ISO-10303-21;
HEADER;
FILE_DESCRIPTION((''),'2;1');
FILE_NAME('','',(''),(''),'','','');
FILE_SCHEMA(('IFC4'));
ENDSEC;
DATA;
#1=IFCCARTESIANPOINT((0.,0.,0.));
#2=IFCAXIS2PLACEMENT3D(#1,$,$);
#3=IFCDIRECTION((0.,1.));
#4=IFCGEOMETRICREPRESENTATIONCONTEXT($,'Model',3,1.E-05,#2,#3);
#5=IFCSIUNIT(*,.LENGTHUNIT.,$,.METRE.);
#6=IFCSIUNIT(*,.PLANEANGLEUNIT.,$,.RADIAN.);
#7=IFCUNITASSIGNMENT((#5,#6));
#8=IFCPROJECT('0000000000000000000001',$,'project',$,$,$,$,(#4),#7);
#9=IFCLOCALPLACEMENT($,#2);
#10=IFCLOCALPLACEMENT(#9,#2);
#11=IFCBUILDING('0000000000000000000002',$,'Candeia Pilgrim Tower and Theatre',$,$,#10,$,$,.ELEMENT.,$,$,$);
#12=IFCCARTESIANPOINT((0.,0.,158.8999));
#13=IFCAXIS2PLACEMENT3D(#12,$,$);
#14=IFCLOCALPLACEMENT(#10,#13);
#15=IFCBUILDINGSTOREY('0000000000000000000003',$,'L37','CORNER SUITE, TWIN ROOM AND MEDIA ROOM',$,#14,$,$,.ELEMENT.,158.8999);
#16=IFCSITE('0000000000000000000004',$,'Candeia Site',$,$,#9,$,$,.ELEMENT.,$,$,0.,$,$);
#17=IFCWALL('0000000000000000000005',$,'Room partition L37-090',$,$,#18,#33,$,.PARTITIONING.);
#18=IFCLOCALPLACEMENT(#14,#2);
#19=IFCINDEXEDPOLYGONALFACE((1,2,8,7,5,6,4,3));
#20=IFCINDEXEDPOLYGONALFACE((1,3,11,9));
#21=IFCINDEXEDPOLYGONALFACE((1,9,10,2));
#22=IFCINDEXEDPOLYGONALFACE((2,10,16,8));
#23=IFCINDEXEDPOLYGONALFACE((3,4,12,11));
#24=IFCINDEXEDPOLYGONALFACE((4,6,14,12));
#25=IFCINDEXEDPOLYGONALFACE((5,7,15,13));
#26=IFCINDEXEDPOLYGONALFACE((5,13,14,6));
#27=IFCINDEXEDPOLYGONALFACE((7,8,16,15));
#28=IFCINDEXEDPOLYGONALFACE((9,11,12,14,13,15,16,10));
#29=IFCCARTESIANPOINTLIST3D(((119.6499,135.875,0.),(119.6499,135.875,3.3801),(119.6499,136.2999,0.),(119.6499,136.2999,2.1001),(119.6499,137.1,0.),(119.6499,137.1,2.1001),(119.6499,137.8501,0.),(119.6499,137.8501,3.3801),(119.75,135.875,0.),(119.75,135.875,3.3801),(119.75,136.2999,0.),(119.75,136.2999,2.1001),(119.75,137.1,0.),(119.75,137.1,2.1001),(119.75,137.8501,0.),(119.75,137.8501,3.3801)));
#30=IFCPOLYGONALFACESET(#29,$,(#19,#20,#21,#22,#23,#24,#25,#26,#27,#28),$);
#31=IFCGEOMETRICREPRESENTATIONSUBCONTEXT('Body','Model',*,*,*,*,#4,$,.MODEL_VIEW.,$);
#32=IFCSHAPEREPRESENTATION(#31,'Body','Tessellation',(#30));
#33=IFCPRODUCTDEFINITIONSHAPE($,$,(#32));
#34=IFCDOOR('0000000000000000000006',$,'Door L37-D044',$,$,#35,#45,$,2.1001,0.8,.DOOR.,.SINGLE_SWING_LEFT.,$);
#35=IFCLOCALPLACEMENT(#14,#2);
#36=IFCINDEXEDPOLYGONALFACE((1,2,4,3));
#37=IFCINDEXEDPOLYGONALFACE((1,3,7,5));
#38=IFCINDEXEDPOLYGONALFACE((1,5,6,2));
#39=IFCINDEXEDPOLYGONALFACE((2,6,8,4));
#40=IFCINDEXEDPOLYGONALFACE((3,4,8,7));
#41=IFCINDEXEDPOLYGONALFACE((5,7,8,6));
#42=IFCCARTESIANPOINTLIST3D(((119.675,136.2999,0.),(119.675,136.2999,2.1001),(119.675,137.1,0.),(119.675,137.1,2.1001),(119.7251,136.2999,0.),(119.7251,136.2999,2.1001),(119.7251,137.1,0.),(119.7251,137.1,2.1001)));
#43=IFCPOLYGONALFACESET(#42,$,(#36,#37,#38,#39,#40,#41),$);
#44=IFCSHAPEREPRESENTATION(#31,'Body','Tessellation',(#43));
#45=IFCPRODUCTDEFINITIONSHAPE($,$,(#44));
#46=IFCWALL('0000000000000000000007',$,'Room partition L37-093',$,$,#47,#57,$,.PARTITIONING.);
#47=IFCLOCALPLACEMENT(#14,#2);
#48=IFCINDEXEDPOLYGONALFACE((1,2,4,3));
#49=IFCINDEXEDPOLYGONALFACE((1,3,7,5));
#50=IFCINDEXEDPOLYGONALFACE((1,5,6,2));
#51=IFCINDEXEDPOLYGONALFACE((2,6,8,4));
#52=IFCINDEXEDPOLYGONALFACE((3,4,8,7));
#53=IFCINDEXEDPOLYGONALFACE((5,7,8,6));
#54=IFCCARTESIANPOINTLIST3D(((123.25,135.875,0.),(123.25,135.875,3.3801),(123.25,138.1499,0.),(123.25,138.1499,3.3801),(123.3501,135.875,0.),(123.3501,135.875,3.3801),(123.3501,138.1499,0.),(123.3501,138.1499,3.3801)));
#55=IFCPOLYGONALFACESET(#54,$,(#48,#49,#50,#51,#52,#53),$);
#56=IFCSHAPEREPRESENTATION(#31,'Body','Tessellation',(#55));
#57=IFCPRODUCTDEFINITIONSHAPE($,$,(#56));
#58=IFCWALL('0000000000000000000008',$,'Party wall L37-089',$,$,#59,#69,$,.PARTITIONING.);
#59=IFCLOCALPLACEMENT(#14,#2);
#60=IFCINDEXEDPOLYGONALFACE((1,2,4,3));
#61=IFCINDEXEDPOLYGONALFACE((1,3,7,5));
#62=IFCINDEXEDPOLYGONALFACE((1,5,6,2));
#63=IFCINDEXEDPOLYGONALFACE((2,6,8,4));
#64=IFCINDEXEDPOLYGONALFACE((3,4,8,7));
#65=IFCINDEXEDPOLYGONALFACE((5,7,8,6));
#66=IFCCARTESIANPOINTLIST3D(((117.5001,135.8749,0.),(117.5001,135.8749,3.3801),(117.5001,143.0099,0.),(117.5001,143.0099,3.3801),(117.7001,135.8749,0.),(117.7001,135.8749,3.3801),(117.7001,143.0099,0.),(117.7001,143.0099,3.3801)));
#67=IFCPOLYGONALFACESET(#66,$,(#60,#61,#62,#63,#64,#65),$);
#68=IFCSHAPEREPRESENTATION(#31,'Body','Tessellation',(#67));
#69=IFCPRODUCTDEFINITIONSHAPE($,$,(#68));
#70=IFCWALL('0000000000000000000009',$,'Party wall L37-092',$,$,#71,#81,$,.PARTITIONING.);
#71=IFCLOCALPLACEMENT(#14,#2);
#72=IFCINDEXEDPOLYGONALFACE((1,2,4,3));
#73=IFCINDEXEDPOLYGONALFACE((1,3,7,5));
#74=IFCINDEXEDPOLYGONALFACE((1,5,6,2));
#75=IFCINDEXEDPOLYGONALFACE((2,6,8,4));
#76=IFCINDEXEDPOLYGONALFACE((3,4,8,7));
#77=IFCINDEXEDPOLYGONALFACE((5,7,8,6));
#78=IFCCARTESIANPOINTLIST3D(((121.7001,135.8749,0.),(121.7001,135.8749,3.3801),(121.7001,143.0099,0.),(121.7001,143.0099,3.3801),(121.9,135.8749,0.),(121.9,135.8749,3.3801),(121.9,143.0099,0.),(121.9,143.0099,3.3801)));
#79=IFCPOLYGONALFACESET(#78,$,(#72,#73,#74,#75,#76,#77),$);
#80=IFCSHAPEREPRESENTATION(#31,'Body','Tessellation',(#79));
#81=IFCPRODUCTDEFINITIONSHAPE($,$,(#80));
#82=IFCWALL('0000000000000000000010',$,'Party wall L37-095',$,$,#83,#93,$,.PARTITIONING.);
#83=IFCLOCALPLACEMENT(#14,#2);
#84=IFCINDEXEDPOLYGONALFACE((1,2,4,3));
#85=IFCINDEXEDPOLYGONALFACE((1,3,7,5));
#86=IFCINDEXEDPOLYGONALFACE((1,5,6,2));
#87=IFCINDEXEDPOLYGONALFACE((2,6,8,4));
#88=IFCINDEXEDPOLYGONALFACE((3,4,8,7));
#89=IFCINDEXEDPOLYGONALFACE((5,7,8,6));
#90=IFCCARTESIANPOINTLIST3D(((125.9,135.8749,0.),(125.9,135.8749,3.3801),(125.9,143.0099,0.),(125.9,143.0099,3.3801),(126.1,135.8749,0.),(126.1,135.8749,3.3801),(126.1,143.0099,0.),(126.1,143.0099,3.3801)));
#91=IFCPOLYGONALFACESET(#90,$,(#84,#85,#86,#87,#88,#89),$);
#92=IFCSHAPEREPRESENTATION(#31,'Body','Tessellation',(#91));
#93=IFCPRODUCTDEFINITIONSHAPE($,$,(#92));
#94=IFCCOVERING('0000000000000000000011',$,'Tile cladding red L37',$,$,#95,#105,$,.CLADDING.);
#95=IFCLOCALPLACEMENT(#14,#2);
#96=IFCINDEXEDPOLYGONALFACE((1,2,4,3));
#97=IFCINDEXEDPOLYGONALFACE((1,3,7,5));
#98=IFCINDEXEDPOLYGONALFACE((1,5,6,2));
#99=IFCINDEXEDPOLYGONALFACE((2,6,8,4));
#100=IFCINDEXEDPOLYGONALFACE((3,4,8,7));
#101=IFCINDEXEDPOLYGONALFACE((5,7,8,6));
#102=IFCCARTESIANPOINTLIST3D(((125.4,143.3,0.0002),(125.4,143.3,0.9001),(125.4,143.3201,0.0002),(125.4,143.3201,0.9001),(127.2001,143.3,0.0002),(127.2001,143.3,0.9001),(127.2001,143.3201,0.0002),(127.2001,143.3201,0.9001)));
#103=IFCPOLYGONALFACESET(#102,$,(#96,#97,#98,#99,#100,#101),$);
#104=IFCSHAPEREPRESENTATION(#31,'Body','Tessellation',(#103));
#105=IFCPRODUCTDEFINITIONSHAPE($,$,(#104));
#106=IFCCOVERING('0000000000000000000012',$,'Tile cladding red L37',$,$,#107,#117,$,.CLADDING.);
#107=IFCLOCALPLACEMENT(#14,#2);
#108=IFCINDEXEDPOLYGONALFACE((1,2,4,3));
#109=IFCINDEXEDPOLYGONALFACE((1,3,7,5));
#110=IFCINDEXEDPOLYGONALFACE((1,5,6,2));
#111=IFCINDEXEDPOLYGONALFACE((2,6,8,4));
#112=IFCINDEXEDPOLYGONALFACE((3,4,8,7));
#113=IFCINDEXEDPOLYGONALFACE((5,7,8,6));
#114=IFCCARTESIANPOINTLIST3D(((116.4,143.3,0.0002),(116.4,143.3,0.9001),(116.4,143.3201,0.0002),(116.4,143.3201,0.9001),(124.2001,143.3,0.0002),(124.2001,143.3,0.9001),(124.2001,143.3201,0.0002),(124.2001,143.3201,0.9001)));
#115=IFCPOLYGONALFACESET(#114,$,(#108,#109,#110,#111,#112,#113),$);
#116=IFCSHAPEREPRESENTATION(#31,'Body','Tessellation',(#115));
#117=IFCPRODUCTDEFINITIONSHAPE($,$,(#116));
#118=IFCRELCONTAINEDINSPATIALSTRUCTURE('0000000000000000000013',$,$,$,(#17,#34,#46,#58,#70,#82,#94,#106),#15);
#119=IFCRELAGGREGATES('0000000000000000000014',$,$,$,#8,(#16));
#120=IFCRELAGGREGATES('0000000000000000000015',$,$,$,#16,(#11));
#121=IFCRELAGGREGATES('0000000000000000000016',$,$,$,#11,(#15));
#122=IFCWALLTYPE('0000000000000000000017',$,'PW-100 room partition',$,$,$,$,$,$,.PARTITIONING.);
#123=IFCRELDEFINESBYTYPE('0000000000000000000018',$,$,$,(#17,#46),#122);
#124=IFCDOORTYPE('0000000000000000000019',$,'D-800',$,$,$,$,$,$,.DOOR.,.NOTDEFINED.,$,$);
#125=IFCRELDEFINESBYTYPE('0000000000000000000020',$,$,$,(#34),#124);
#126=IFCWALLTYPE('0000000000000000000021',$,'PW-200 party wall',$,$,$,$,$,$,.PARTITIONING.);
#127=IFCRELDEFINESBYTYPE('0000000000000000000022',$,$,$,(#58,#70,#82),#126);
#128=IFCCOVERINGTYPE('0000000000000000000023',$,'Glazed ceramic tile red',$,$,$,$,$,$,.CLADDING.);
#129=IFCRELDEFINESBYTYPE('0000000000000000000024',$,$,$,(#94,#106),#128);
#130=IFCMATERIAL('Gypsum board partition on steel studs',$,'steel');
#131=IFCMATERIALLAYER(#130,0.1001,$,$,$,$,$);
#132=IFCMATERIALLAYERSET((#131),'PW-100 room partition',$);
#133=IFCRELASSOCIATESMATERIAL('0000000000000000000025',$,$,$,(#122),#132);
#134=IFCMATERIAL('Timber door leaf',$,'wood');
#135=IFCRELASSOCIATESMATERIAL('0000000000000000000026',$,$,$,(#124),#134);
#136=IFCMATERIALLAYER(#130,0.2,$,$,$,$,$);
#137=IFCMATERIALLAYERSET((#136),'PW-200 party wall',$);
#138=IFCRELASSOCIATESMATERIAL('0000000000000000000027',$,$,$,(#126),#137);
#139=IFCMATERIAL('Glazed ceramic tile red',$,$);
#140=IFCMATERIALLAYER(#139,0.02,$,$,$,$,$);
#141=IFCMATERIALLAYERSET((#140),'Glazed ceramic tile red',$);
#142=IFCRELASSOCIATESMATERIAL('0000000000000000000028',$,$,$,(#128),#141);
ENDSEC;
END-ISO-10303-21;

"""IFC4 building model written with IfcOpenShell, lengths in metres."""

from ifc_helpers import new_model, si_unit, direction, frame, frame_2d, origin, origin_2d, place, context, subcontext, project, spatial, rectangle, extrude, material, layer, layer_set, type_object, element, fill, save


model = new_model("IFC4")

# Units and contexts
model_context = context("Model", 3, precision=1e-05, world=origin(), true_north=direction((0.0, 1.0)))
body_context = subcontext(model_context, "Body", "Model", "MODEL_VIEW")
ifc_project = project(units=[si_unit("LENGTHUNIT", "METRE"), si_unit("PLANEANGLEUNIT", "RADIAN")], contexts=[model_context])

# Site, building, storey
site_placement = place(None, origin())
site = spatial("IfcSite", under=ifc_project, at=site_placement, Name="Candeia Site", CompositionType="ELEMENT", RefElevation=0.0)
building_placement = place(site_placement, origin())
building = spatial("IfcBuilding", under=site, at=building_placement, Name="Candeia Pilgrim Tower and Theatre", CompositionType="ELEMENT")
storey_placement = place(building_placement, frame((0.0, 0.0, 158.8999)))
storey = spatial("IfcBuildingStorey", under=building, at=storey_placement, Name="L37", Description="CORNER SUITE, TWIN ROOM AND MEDIA ROOM", CompositionType="ELEMENT", Elevation=158.8999)

# Shared definitions
ifc_material_1 = material(Name="Gypsum board partition on steel studs", Category="steel")
ifc_layer_1 = layer(ifc_material_1, 0.1001)
ifc_layer_set_1 = layer_set([ifc_layer_1], Name="PW-100 room partition")
wall_type_1 = type_object("IfcWallType", Name="PW-100 room partition", PredefinedType="PARTITIONING", material=ifc_layer_set_1)

# Wall, opening, door
ifc_material_2 = material(Name="Timber door leaf", Category="wood")
door_type_1 = type_object("IfcDoorType", Name="D-800", OperationType="NOTDEFINED", PredefinedType="DOOR", material=ifc_material_2)
wall_1_placement = place(storey_placement, frame((119.7, 135.875, 0.0), z_axis=(0.0, 0.0, 1.0), x_axis=(0.0, 1.0, 0.0)))
wall_1 = element("IfcWall", 1, at=wall_1_placement, inside=storey, type_object=wall_type_1, Name="Room partition L37-090", PredefinedType="PARTITIONING", context=body_context, shape_type="SweptSolid", body=[
    extrude(rectangle(XDim=1.9751, YDim=0.1001, at=frame_2d((0.9875, 0.0))), origin(), (0.0, 0.0, 1.0), 3.3801),
])
opening_1_placement = place(wall_1_placement, frame((0.425, 0.0, 0.0)))
opening_1 = element("IfcOpeningElement", 2, at=opening_1_placement, cuts=wall_1, PredefinedType="OPENING", context=body_context, shape_type="SweptSolid", body=[
    extrude(rectangle(XDim=0.8, YDim=2.1001, at=frame_2d((0.3999, 1.05))), frame((0.0, 0.0601, 0.0), z_axis=(0.0, -1.0, 0.0), x_axis=(1.0, 0.0, 0.0)), (0.0, 0.0, 1.0), 0.1201),
])
door_1_placement = place(opening_1_placement, origin())
door_1 = element("IfcDoor", 3, at=door_1_placement, inside=storey, type_object=door_type_1, Name="Door L37-D044", OperationType="SINGLE_SWING_LEFT", OverallHeight=2.1001, OverallWidth=0.8, PredefinedType="DOOR", context=body_context, shape_type="SweptSolid", body=[
    extrude(rectangle(XDim=0.8, YDim=2.1001, at=frame_2d((0.3999, 1.05))), frame((0.0, 0.0249, 0.0), z_axis=(0.0, -1.0, 0.0), x_axis=(1.0, 0.0, 0.0)), (0.0, 0.0, 1.0), 0.05),
])
fill(opening_1, door_1)

# Walls
wall_2_placement = place(storey_placement, frame((123.3, 135.875, 0.0), z_axis=(0.0, 0.0, 1.0), x_axis=(0.0, 1.0, 0.0)))
element("IfcWall", 4, at=wall_2_placement, inside=storey, type_object=wall_type_1, Name="Room partition L37-093", PredefinedType="PARTITIONING", context=body_context, shape_type="SweptSolid", body=[
    extrude(rectangle(XDim=2.2749, YDim=0.1001, at=frame_2d((1.1375, 0.0))), origin(), (0.0, 0.0, 1.0), 3.3801),
])
ifc_layer_2 = layer(ifc_material_1, 0.2)
ifc_layer_set_2 = layer_set([ifc_layer_2], Name="PW-200 party wall")
wall_type_2 = type_object("IfcWallType", Name="PW-200 party wall", PredefinedType="PARTITIONING", material=ifc_layer_set_2)
for number, where, z_axis, x_axis, name in (
    (5, (117.6001, 135.875, 0.0), (0.0, 0.0, 1.0), (0.0, 1.0, 0.0), "Party wall L37-089"),
    (6, (121.8, 135.875, 0.0), (0.0, 0.0, 1.0), (0.0, 1.0, 0.0), "Party wall L37-092"),
    (7, (126.0, 135.875, 0.0), (0.0, 0.0, 1.0), (0.0, 1.0, 0.0), "Party wall L37-095"),
):
    element("IfcWall", number, at=place(storey_placement, frame(where, z_axis=z_axis, x_axis=x_axis)), inside=storey, type_object=wall_type_2, Name=name, PredefinedType="PARTITIONING", context=body_context, shape_type="SweptSolid", body=[
        extrude(rectangle(XDim=7.135, YDim=0.2, at=frame_2d((3.5674, 0.0))), origin(), (0.0, 0.0, 1.0), 3.3801),
    ])

# Coverings
ifc_material_3 = material(Name="Glazed ceramic tile red")
ifc_layer_3 = layer(ifc_material_3, 0.02)
ifc_layer_set_3 = layer_set([ifc_layer_3], Name="Glazed ceramic tile red")
covering_type = type_object("IfcCoveringType", Name="Glazed ceramic tile red", PredefinedType="CLADDING", material=ifc_layer_set_3)
covering_1_placement = place(storey_placement, frame((126.3, 143.3101, 0.0002), z_axis=(0.0, 0.0, 1.0), x_axis=(-1.0, 0.0, 0.0)))
element("IfcCovering", 8, at=covering_1_placement, inside=storey, type_object=covering_type, Name="Tile cladding red L37", PredefinedType="CLADDING", context=body_context, shape_type="SweptSolid", body=[
    extrude(rectangle(XDim=1.8, YDim=0.02, at=origin_2d()), origin(), (0.0, 0.0, 1.0), 0.8999),
])
covering_2_placement = place(storey_placement, frame((120.3, 143.3101, 0.0002), z_axis=(0.0, 0.0, 1.0), x_axis=(-1.0, 0.0, 0.0)))
element("IfcCovering", 9, at=covering_2_placement, inside=storey, type_object=covering_type, Name="Tile cladding red L37", PredefinedType="CLADDING", context=body_context, shape_type="SweptSolid", body=[
    extrude(rectangle(XDim=7.8, YDim=0.02, at=origin_2d()), origin(), (0.0, 0.0, 1.0), 0.8999),
])

save(model, "model.ifc")
